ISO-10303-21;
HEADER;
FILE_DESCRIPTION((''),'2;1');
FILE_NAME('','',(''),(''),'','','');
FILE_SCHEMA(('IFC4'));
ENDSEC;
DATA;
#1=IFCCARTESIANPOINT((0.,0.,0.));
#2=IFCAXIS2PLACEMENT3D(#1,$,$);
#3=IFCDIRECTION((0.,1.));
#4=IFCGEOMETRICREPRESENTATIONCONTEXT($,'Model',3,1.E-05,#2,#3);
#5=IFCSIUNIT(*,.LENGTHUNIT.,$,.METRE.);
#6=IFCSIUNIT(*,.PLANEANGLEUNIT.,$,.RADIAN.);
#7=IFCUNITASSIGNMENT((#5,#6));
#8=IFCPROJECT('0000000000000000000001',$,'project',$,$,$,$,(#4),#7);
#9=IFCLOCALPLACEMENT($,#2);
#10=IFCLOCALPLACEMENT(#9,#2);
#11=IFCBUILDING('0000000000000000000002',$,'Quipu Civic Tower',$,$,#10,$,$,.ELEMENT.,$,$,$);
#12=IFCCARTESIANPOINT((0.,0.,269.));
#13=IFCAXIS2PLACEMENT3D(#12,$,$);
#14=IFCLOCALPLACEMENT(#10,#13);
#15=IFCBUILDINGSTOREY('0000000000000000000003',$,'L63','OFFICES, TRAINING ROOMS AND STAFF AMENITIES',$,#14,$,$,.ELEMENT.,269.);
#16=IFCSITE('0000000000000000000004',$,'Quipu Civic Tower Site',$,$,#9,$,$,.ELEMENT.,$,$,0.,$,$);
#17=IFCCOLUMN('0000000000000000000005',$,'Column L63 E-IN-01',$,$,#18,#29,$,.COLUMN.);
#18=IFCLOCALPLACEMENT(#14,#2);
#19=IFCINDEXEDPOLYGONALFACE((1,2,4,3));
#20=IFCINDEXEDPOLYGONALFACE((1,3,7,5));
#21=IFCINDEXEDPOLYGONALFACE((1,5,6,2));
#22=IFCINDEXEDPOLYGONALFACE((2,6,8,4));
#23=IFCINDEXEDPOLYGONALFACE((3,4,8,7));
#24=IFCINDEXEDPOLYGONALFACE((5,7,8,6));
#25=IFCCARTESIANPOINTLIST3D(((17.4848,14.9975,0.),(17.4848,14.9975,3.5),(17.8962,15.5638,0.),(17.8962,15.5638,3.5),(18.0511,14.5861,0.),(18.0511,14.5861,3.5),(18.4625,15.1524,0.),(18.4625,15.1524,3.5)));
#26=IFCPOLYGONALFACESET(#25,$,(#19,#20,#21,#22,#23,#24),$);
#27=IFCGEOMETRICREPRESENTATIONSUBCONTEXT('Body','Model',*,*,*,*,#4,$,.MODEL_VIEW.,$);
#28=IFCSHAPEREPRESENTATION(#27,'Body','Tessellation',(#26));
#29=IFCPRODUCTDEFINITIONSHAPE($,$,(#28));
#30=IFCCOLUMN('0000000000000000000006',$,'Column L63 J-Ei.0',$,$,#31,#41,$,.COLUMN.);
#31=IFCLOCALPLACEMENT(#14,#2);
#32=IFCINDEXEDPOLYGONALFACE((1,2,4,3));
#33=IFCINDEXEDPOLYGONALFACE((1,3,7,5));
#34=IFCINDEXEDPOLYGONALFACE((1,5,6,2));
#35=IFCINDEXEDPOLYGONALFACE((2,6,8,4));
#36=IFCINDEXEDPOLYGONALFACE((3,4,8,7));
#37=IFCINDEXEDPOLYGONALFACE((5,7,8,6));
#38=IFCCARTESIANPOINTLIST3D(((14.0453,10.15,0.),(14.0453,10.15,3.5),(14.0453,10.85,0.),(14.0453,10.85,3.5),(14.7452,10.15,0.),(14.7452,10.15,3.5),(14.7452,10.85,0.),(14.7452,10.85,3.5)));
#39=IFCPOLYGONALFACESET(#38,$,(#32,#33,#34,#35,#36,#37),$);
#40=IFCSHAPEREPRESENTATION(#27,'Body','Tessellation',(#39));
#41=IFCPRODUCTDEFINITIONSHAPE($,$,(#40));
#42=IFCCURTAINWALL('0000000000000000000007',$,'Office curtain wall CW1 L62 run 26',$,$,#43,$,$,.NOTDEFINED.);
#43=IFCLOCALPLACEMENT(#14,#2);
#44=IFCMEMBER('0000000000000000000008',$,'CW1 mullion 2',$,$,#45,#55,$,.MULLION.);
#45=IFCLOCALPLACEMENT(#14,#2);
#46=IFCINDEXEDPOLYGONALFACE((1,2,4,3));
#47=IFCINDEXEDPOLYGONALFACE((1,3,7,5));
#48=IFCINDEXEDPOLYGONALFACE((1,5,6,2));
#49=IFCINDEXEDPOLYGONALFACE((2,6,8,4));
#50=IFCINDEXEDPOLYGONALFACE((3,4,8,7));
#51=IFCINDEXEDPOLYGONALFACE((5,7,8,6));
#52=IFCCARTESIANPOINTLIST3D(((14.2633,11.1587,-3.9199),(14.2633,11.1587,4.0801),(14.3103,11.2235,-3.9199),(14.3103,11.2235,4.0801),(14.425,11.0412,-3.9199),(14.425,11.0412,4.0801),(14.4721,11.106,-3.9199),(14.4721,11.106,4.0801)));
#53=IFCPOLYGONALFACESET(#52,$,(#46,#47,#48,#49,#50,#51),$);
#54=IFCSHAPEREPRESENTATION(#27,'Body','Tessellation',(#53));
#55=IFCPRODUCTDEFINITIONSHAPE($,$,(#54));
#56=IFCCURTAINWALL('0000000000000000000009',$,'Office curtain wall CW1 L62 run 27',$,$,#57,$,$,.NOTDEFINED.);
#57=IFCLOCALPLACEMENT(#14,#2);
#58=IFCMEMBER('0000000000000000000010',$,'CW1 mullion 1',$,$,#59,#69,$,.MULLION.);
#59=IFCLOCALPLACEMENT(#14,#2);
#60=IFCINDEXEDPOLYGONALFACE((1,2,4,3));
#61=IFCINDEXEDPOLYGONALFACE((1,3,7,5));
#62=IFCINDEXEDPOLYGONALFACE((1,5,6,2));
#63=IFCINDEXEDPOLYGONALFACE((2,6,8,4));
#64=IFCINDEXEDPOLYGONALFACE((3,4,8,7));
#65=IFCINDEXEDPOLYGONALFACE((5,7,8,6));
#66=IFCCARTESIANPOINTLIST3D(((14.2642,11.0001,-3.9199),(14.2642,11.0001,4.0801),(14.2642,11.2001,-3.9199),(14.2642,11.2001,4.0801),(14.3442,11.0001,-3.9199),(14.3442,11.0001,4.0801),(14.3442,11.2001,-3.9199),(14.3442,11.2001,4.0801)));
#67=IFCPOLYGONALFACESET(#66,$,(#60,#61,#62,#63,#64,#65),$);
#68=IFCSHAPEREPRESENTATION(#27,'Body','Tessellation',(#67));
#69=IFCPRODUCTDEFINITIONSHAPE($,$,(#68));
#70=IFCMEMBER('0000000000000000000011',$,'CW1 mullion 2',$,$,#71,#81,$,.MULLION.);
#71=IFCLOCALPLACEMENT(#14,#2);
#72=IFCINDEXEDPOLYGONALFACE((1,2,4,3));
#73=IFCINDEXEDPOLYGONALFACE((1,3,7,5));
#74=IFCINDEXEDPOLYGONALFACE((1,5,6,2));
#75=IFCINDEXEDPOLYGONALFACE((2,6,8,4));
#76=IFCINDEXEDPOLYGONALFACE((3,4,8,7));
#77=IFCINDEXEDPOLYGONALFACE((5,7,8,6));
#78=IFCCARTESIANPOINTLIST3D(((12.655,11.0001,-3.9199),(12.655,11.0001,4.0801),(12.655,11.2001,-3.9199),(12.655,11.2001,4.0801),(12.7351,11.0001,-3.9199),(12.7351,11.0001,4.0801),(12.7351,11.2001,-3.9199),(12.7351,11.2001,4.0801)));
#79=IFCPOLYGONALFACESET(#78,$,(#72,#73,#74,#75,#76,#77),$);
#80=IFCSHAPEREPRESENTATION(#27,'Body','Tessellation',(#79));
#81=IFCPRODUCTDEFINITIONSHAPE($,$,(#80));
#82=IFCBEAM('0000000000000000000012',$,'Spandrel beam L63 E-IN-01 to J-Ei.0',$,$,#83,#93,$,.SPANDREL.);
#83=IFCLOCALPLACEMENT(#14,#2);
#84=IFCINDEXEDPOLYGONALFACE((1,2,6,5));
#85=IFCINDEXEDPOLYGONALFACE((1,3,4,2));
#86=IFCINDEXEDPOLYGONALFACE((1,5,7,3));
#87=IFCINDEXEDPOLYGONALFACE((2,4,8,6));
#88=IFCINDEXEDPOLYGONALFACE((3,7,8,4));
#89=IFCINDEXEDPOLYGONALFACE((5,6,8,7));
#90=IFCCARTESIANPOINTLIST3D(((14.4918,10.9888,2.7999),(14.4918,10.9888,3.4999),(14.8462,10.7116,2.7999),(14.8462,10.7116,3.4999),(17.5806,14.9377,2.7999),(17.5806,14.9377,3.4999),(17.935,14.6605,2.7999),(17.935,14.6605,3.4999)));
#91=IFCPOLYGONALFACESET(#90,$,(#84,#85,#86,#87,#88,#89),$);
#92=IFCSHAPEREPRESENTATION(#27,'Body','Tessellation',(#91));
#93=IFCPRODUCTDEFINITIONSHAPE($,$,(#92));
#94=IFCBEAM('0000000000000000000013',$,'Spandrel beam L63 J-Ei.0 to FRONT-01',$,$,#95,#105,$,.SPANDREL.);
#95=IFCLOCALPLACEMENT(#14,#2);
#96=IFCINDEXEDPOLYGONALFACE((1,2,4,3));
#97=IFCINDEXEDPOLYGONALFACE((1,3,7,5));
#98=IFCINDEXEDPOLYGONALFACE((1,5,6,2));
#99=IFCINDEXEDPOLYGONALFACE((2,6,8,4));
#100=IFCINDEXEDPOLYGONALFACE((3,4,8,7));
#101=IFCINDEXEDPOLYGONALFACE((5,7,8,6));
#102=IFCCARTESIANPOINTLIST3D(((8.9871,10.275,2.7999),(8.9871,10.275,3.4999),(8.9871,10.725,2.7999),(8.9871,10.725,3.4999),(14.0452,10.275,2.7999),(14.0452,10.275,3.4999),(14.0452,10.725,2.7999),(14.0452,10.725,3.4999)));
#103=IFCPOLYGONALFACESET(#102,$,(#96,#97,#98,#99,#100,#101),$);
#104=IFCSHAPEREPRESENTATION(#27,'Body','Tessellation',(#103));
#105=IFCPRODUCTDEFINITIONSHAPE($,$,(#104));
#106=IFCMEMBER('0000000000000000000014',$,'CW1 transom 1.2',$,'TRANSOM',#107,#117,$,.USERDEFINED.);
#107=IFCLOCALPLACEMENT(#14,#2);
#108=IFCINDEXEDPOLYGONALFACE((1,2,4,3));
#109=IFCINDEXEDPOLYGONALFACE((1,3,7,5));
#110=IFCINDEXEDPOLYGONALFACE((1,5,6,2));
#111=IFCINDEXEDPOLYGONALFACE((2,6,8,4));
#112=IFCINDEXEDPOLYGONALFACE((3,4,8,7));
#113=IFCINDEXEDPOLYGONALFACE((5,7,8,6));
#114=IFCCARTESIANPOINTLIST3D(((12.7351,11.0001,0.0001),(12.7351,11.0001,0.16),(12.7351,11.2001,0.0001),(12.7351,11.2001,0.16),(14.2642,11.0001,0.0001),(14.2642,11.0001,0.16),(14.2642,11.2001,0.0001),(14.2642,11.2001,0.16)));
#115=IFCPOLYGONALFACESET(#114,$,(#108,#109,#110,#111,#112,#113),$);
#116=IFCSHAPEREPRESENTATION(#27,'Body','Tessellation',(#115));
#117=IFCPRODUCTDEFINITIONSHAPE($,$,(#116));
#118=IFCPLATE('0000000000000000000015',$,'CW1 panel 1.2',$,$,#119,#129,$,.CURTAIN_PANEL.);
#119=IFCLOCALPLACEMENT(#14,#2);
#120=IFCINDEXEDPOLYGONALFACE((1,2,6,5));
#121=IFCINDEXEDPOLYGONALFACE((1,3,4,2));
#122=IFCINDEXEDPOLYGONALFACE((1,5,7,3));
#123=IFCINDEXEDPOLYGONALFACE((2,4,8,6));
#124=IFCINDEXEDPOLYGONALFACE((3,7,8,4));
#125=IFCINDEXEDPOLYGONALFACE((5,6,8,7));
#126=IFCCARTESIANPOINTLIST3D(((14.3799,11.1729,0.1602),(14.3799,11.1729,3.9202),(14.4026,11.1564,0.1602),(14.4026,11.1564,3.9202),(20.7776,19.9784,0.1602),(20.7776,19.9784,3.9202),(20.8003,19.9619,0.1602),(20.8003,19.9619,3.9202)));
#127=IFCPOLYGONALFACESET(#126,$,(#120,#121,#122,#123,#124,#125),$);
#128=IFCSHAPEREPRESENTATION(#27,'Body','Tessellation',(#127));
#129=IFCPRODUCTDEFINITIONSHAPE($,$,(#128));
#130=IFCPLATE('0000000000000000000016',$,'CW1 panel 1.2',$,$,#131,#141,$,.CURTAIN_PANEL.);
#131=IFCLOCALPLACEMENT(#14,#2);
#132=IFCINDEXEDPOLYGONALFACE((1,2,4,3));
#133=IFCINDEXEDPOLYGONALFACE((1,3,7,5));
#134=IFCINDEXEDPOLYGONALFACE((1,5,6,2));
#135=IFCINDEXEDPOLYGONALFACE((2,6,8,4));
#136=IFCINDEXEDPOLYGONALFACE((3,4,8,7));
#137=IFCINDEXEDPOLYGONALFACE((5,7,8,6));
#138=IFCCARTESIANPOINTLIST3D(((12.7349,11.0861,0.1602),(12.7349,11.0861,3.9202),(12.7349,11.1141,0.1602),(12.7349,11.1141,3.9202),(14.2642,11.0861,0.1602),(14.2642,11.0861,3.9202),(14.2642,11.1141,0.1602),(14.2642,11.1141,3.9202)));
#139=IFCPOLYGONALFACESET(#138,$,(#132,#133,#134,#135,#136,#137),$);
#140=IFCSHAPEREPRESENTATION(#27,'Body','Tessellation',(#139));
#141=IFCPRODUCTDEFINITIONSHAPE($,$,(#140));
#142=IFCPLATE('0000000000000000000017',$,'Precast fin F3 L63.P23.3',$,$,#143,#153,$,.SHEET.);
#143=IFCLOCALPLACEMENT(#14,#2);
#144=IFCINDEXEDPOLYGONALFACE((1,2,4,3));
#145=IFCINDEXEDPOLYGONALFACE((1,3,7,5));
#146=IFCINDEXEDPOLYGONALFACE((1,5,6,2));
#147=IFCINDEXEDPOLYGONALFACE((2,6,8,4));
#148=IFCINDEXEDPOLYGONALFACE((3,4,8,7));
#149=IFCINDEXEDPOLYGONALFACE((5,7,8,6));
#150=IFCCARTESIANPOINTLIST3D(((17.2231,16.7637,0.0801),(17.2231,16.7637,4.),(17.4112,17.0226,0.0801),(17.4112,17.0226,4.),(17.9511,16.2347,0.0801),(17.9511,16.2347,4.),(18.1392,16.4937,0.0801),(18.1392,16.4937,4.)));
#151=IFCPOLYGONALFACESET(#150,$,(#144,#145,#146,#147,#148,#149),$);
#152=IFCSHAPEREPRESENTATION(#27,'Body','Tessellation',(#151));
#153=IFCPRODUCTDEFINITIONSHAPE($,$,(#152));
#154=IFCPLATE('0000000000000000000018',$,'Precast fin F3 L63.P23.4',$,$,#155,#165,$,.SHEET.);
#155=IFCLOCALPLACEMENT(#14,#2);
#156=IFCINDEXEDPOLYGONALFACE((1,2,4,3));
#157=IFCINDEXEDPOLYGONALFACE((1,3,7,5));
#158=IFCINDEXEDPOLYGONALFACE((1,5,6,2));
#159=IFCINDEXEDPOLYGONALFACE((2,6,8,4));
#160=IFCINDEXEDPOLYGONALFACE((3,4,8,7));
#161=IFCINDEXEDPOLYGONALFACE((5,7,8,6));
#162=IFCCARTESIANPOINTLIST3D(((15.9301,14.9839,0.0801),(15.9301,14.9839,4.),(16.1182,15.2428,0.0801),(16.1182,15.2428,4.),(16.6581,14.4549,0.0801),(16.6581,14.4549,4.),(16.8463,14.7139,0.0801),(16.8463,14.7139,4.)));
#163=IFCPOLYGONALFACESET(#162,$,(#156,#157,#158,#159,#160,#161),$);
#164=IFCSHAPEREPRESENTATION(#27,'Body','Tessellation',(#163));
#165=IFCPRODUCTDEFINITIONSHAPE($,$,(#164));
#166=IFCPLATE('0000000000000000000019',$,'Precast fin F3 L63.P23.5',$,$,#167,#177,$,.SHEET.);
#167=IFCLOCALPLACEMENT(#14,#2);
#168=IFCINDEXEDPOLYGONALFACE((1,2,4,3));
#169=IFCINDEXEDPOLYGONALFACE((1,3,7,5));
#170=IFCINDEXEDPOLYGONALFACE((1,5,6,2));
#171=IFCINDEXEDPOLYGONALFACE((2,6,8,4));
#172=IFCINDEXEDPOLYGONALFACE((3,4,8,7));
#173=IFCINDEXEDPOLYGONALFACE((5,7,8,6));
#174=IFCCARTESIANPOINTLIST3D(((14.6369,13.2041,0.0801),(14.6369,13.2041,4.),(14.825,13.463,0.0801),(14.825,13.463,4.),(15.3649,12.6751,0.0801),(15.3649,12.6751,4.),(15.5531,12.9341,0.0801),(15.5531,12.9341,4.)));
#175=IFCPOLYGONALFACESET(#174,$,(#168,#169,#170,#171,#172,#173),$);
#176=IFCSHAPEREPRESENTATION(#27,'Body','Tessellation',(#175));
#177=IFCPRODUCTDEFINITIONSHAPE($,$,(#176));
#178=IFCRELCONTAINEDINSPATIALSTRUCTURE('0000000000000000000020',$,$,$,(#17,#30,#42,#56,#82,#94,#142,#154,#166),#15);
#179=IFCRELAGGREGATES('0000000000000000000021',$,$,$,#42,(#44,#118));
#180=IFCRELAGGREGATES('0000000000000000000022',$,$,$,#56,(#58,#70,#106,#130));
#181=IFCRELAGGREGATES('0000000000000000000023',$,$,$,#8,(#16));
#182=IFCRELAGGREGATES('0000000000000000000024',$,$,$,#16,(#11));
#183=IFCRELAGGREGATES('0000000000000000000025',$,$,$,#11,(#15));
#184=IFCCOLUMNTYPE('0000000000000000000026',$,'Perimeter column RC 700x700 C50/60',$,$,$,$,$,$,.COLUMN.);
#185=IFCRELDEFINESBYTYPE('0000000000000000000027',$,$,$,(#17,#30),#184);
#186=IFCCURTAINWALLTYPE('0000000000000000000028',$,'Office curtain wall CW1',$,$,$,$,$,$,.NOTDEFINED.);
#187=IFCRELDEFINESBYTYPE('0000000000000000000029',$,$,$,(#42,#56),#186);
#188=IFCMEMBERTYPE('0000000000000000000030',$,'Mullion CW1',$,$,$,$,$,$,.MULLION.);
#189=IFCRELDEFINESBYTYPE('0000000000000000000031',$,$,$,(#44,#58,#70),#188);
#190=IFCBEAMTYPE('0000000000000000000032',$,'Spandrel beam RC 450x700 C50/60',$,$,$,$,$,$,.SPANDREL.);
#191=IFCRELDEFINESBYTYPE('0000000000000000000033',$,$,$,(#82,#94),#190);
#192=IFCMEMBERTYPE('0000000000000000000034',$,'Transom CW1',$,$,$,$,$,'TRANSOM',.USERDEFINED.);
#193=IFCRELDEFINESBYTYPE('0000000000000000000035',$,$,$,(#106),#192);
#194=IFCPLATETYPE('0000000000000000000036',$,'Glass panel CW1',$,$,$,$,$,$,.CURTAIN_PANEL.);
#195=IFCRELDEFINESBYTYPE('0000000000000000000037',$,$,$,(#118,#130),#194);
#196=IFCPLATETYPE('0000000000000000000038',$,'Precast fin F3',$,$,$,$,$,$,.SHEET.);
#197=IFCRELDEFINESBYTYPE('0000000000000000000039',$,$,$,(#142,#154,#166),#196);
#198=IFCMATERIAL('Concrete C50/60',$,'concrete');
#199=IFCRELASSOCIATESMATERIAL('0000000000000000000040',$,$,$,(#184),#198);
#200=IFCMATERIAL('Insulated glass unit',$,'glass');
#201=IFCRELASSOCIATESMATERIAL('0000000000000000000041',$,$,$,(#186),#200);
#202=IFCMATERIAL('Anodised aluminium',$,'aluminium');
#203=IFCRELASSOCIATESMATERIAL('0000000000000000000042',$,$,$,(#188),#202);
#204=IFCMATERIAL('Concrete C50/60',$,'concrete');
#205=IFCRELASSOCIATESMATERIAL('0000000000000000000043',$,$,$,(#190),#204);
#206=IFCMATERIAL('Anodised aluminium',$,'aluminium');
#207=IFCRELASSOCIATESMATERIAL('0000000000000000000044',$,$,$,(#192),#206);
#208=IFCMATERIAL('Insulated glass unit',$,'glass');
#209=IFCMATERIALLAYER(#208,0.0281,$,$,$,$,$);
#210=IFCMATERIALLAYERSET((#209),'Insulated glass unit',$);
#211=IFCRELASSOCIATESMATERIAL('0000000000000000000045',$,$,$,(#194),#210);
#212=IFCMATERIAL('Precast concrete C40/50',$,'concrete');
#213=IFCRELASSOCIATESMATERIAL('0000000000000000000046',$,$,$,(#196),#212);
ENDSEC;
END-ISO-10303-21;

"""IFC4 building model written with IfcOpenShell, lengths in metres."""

from ifc_helpers import new_model, si_unit, direction, frame, origin, origin_2d, place, context, subcontext, project, spatial, rectangle, extrude, material, layer, layer_set, material_profile, profile_set, type_object, element, aggregate, save


model = new_model("IFC4")

# Units and contexts
model_context = context("Model", 3, precision=1e-05, world=origin(), true_north=direction((0.0, 1.0)))
body_context = subcontext(model_context, "Body", "Model", "MODEL_VIEW")
ifc_project = project(units=[si_unit("LENGTHUNIT", "METRE"), si_unit("PLANEANGLEUNIT", "RADIAN")], contexts=[model_context])

# Site, building, storey
site_placement = place(None, origin())
site = spatial("IfcSite", under=ifc_project, at=site_placement, Name="Quipu Civic Tower Site", CompositionType="ELEMENT", RefElevation=0.0)
building_placement = place(site_placement, origin())
building = spatial("IfcBuilding", under=site, at=building_placement, Name="Quipu Civic Tower", CompositionType="ELEMENT")
storey_placement = place(building_placement, frame((0.0, 0.0, 269.0)))
storey = spatial("IfcBuildingStorey", under=building, at=storey_placement, Name="L63", Description="OFFICES, TRAINING ROOMS AND STAFF AMENITIES", CompositionType="ELEMENT", Elevation=269.0)

# Columns
ifc_material_1 = material(Name="Concrete C50/60", Category="concrete")
ifc_material_profile_1 = material_profile(ifc_material_1, rectangle(XDim=0.7, YDim=0.7, at=origin_2d()), Name="RC700x700")
ifc_profile_set_1 = profile_set([ifc_material_profile_1], Name="Concrete C50/60")
column_type = type_object("IfcColumnType", Name="Perimeter column RC 700x700 C50/60", PredefinedType="COLUMN", material=ifc_profile_set_1)
for number, where, z_axis, x_axis, name in (
    (1, (17.9736, 15.075, 0.0), (0.0, 0.0, 1.0), (-0.587785, -0.809017, 0.0), "Column L63 E-IN-01"),
    (2, (14.3953, 10.5, 0.0), (0.0, 0.0, 1.0), (-1.0, 0.0, 0.0), "Column L63 J-Ei.0"),
):
    element("IfcColumn", number, at=place(storey_placement, frame(where, z_axis=z_axis, x_axis=x_axis)), inside=storey, type_object=column_type, Name=name, PredefinedType="COLUMN", context=body_context, shape_type="SweptSolid", body=[
        extrude(rectangle(XDim=0.7, YDim=0.7, at=origin_2d()), origin(), (0.0, 0.0, 1.0), 3.5),
    ])

# Curtain wall, member
ifc_material_2 = material(Name="Insulated glass unit", Category="glass")
curtain_wall_type = type_object("IfcCurtainWallType", Name="Office curtain wall CW1", PredefinedType="NOTDEFINED", material=ifc_material_2)
curtain_wall_1_placement = place(storey_placement, origin())
curtain_wall_1 = element("IfcCurtainWall", 3, at=curtain_wall_1_placement, inside=storey, type_object=curtain_wall_type, Name="Office curtain wall CW1 L62 run 26", PredefinedType="NOTDEFINED")
ifc_material_3 = material(Name="Anodised aluminium", Category="aluminium")
ifc_material_profile_2 = material_profile(ifc_material_3, rectangle(XDim=0.2, YDim=0.0801, at=origin_2d()), Name="RECT 200x80")
ifc_profile_set_2 = profile_set([ifc_material_profile_2], Name="Anodised aluminium")
member_type_1 = type_object("IfcMemberType", Name="Mullion CW1", PredefinedType="MULLION", material=ifc_profile_set_2)
member_1_placement = place(storey_placement, frame((14.3677, 11.1323, -3.9199), z_axis=(0.0, 0.0, 1.0), x_axis=(0.809015, -0.587788, 0.0)))
member_1 = element("IfcMember", 4, at=member_1_placement, type_object=member_type_1, Name="CW1 mullion 2", PredefinedType="MULLION", context=body_context, shape_type="SweptSolid", body=[
    extrude(rectangle(XDim=0.2, YDim=0.0801, at=origin_2d()), origin(), (0.0, 0.0, 1.0), 8.0),
])

# Curtain wall, members
curtain_wall_2_placement = place(storey_placement, origin())
curtain_wall_2 = element("IfcCurtainWall", 5, at=curtain_wall_2_placement, inside=storey, type_object=curtain_wall_type, Name="Office curtain wall CW1 L62 run 27", PredefinedType="NOTDEFINED")
member_2_placement = place(storey_placement, frame((14.3042, 11.1001, -3.9199), z_axis=(0.0, 0.0, 1.0), x_axis=(0.0, -1.0, 0.0)))
member_2 = element("IfcMember", 6, at=member_2_placement, type_object=member_type_1, Name="CW1 mullion 1", PredefinedType="MULLION", context=body_context, shape_type="SweptSolid", body=[
    extrude(rectangle(XDim=0.2, YDim=0.0801, at=origin_2d()), origin(), (0.0, 0.0, 1.0), 8.0),
])
member_3_placement = place(storey_placement, frame((12.6951, 11.1001, -3.9199), z_axis=(0.0, 0.0, 1.0), x_axis=(0.0, -1.0, 0.0)))
member_3 = element("IfcMember", 7, at=member_3_placement, type_object=member_type_1, Name="CW1 mullion 2", PredefinedType="MULLION", context=body_context, shape_type="SweptSolid", body=[
    extrude(rectangle(XDim=0.2, YDim=0.0801, at=origin_2d()), origin(), (0.0, 0.0, 1.0), 8.0),
])

# Beams
ifc_material_4 = material(Name="Concrete C50/60", Category="concrete")
ifc_material_profile_3 = material_profile(ifc_material_4, rectangle(XDim=0.45, YDim=0.7, at=origin_2d()), Name="RC450x700")
ifc_profile_set_3 = profile_set([ifc_material_profile_3], Name="Concrete C50/60")
beam_type = type_object("IfcBeamType", Name="Spandrel beam RC 450x700 C50/60", PredefinedType="SPANDREL", material=ifc_profile_set_3)
beam_1_placement = place(storey_placement, frame((17.7578, 14.7991, 3.1499), z_axis=(-0.616106, -0.787663, 0.0), x_axis=(0.787663, -0.616106, 0.0)))
element("IfcBeam", 8, at=beam_1_placement, inside=storey, type_object=beam_type, Name="Spandrel beam L63 E-IN-01 to J-Ei.0", PredefinedType="SPANDREL", context=body_context, shape_type="SweptSolid", body=[
    extrude(rectangle(XDim=0.45, YDim=0.7, at=origin_2d()), origin(), (0.0, 0.0, 1.0), 5.0134),
])
beam_2_placement = place(storey_placement, frame((14.0452, 10.5, 3.1499), z_axis=(-1.0, 0.0, 0.0), x_axis=(0.0, -1.0, 0.0)))
element("IfcBeam", 9, at=beam_2_placement, inside=storey, type_object=beam_type, Name="Spandrel beam L63 J-Ei.0 to FRONT-01", PredefinedType="SPANDREL", context=body_context, shape_type="SweptSolid", body=[
    extrude(rectangle(XDim=0.45, YDim=0.7, at=origin_2d()), origin(), (0.0, 0.0, 1.0), 5.0581),
])

# Member
ifc_material_5 = material(Name="Anodised aluminium", Category="aluminium")
ifc_material_profile_4 = material_profile(ifc_material_5, rectangle(XDim=0.2, YDim=0.1599, at=origin_2d()), Name="RECT 200x160")
ifc_profile_set_4 = profile_set([ifc_material_profile_4], Name="Anodised aluminium")
member_type_2 = type_object("IfcMemberType", Name="Transom CW1", ElementType="TRANSOM", PredefinedType="USERDEFINED", material=ifc_profile_set_4)
member_4_placement = place(storey_placement, frame((14.2642, 11.1001, 0.0801), z_axis=(-1.0, 0.0, 0.0), x_axis=(0.0, -1.0, 0.0)))
member_4 = element("IfcMember", 10, at=member_4_placement, type_object=member_type_2, Name="CW1 transom 1.2", ObjectType="TRANSOM", PredefinedType="USERDEFINED", context=body_context, shape_type="SweptSolid", body=[
    extrude(rectangle(XDim=0.2, YDim=0.1599, at=origin_2d()), origin(), (0.0, 0.0, 1.0), 1.5291),
])

# Plates
ifc_material_6 = material(Name="Insulated glass unit", Category="glass")
ifc_layer_1 = layer(ifc_material_6, 0.0281)
ifc_layer_set_1 = layer_set([ifc_layer_1], Name="Insulated glass unit")
plate_type_1 = type_object("IfcPlateType", Name="Glass panel CW1", PredefinedType="CURTAIN_PANEL", material=ifc_layer_set_1)
plate_1_placement = place(storey_placement, frame((17.5901, 15.5674, 0.1602), z_axis=(0.0, 0.0, 1.0), x_axis=(-0.587788, -0.809015, 0.0)))
plate_1 = element("IfcPlate", 11, at=plate_1_placement, type_object=plate_type_1, Name="CW1 panel 1.2", PredefinedType="CURTAIN_PANEL", context=body_context, shape_type="SweptSolid", body=[
    extrude(rectangle(XDim=10.8843, YDim=0.0281, at=origin_2d()), origin(), (0.0, 0.0, 1.0), 3.76),
])
aggregate(curtain_wall_1, [member_1, plate_1])
plate_2_placement = place(storey_placement, frame((13.4995, 11.1001, 0.1602), z_axis=(0.0, 0.0, 1.0), x_axis=(-1.0, 0.0, 0.0)))
plate_2 = element("IfcPlate", 12, at=plate_2_placement, type_object=plate_type_1, Name="CW1 panel 1.2", PredefinedType="CURTAIN_PANEL", context=body_context, shape_type="SweptSolid", body=[
    extrude(rectangle(XDim=1.5293, YDim=0.0281, at=origin_2d()), origin(), (0.0, 0.0, 1.0), 3.76),
])
aggregate(curtain_wall_2, [member_2, member_3, member_4, plate_2])

# Plates
ifc_material_7 = material(Name="Precast concrete C40/50", Category="concrete")
plate_type_2 = type_object("IfcPlateType", Name="Precast fin F3", PredefinedType="SHEET", material=ifc_material_7)
for number, where, z_axis, x_axis, name in (
    (13, (17.6812, 16.6287, 0.0801), (0.0, 0.0, 1.0), (-0.587784, -0.809018, 0.0), "Precast fin F3 L63.P23.3"),
    (14, (16.3882, 14.8489, 0.0801), (0.0, 0.0, 1.0), (-0.587784, -0.809018, 0.0), "Precast fin F3 L63.P23.4"),
    (15, (15.095, 13.0691, 0.0801), (0.0, 0.0, 1.0), (-0.587784, -0.809018, 0.0), "Precast fin F3 L63.P23.5"),
):
    element("IfcPlate", number, at=place(storey_placement, frame(where, z_axis=z_axis, x_axis=x_axis)), inside=storey, type_object=plate_type_2, Name=name, PredefinedType="SHEET", context=body_context, shape_type="SweptSolid", body=[
        extrude(rectangle(XDim=0.3201, YDim=0.8999, at=origin_2d()), origin(), (0.0, 0.0, 1.0), 3.9199),
    ])

save(model, "model.ifc")
